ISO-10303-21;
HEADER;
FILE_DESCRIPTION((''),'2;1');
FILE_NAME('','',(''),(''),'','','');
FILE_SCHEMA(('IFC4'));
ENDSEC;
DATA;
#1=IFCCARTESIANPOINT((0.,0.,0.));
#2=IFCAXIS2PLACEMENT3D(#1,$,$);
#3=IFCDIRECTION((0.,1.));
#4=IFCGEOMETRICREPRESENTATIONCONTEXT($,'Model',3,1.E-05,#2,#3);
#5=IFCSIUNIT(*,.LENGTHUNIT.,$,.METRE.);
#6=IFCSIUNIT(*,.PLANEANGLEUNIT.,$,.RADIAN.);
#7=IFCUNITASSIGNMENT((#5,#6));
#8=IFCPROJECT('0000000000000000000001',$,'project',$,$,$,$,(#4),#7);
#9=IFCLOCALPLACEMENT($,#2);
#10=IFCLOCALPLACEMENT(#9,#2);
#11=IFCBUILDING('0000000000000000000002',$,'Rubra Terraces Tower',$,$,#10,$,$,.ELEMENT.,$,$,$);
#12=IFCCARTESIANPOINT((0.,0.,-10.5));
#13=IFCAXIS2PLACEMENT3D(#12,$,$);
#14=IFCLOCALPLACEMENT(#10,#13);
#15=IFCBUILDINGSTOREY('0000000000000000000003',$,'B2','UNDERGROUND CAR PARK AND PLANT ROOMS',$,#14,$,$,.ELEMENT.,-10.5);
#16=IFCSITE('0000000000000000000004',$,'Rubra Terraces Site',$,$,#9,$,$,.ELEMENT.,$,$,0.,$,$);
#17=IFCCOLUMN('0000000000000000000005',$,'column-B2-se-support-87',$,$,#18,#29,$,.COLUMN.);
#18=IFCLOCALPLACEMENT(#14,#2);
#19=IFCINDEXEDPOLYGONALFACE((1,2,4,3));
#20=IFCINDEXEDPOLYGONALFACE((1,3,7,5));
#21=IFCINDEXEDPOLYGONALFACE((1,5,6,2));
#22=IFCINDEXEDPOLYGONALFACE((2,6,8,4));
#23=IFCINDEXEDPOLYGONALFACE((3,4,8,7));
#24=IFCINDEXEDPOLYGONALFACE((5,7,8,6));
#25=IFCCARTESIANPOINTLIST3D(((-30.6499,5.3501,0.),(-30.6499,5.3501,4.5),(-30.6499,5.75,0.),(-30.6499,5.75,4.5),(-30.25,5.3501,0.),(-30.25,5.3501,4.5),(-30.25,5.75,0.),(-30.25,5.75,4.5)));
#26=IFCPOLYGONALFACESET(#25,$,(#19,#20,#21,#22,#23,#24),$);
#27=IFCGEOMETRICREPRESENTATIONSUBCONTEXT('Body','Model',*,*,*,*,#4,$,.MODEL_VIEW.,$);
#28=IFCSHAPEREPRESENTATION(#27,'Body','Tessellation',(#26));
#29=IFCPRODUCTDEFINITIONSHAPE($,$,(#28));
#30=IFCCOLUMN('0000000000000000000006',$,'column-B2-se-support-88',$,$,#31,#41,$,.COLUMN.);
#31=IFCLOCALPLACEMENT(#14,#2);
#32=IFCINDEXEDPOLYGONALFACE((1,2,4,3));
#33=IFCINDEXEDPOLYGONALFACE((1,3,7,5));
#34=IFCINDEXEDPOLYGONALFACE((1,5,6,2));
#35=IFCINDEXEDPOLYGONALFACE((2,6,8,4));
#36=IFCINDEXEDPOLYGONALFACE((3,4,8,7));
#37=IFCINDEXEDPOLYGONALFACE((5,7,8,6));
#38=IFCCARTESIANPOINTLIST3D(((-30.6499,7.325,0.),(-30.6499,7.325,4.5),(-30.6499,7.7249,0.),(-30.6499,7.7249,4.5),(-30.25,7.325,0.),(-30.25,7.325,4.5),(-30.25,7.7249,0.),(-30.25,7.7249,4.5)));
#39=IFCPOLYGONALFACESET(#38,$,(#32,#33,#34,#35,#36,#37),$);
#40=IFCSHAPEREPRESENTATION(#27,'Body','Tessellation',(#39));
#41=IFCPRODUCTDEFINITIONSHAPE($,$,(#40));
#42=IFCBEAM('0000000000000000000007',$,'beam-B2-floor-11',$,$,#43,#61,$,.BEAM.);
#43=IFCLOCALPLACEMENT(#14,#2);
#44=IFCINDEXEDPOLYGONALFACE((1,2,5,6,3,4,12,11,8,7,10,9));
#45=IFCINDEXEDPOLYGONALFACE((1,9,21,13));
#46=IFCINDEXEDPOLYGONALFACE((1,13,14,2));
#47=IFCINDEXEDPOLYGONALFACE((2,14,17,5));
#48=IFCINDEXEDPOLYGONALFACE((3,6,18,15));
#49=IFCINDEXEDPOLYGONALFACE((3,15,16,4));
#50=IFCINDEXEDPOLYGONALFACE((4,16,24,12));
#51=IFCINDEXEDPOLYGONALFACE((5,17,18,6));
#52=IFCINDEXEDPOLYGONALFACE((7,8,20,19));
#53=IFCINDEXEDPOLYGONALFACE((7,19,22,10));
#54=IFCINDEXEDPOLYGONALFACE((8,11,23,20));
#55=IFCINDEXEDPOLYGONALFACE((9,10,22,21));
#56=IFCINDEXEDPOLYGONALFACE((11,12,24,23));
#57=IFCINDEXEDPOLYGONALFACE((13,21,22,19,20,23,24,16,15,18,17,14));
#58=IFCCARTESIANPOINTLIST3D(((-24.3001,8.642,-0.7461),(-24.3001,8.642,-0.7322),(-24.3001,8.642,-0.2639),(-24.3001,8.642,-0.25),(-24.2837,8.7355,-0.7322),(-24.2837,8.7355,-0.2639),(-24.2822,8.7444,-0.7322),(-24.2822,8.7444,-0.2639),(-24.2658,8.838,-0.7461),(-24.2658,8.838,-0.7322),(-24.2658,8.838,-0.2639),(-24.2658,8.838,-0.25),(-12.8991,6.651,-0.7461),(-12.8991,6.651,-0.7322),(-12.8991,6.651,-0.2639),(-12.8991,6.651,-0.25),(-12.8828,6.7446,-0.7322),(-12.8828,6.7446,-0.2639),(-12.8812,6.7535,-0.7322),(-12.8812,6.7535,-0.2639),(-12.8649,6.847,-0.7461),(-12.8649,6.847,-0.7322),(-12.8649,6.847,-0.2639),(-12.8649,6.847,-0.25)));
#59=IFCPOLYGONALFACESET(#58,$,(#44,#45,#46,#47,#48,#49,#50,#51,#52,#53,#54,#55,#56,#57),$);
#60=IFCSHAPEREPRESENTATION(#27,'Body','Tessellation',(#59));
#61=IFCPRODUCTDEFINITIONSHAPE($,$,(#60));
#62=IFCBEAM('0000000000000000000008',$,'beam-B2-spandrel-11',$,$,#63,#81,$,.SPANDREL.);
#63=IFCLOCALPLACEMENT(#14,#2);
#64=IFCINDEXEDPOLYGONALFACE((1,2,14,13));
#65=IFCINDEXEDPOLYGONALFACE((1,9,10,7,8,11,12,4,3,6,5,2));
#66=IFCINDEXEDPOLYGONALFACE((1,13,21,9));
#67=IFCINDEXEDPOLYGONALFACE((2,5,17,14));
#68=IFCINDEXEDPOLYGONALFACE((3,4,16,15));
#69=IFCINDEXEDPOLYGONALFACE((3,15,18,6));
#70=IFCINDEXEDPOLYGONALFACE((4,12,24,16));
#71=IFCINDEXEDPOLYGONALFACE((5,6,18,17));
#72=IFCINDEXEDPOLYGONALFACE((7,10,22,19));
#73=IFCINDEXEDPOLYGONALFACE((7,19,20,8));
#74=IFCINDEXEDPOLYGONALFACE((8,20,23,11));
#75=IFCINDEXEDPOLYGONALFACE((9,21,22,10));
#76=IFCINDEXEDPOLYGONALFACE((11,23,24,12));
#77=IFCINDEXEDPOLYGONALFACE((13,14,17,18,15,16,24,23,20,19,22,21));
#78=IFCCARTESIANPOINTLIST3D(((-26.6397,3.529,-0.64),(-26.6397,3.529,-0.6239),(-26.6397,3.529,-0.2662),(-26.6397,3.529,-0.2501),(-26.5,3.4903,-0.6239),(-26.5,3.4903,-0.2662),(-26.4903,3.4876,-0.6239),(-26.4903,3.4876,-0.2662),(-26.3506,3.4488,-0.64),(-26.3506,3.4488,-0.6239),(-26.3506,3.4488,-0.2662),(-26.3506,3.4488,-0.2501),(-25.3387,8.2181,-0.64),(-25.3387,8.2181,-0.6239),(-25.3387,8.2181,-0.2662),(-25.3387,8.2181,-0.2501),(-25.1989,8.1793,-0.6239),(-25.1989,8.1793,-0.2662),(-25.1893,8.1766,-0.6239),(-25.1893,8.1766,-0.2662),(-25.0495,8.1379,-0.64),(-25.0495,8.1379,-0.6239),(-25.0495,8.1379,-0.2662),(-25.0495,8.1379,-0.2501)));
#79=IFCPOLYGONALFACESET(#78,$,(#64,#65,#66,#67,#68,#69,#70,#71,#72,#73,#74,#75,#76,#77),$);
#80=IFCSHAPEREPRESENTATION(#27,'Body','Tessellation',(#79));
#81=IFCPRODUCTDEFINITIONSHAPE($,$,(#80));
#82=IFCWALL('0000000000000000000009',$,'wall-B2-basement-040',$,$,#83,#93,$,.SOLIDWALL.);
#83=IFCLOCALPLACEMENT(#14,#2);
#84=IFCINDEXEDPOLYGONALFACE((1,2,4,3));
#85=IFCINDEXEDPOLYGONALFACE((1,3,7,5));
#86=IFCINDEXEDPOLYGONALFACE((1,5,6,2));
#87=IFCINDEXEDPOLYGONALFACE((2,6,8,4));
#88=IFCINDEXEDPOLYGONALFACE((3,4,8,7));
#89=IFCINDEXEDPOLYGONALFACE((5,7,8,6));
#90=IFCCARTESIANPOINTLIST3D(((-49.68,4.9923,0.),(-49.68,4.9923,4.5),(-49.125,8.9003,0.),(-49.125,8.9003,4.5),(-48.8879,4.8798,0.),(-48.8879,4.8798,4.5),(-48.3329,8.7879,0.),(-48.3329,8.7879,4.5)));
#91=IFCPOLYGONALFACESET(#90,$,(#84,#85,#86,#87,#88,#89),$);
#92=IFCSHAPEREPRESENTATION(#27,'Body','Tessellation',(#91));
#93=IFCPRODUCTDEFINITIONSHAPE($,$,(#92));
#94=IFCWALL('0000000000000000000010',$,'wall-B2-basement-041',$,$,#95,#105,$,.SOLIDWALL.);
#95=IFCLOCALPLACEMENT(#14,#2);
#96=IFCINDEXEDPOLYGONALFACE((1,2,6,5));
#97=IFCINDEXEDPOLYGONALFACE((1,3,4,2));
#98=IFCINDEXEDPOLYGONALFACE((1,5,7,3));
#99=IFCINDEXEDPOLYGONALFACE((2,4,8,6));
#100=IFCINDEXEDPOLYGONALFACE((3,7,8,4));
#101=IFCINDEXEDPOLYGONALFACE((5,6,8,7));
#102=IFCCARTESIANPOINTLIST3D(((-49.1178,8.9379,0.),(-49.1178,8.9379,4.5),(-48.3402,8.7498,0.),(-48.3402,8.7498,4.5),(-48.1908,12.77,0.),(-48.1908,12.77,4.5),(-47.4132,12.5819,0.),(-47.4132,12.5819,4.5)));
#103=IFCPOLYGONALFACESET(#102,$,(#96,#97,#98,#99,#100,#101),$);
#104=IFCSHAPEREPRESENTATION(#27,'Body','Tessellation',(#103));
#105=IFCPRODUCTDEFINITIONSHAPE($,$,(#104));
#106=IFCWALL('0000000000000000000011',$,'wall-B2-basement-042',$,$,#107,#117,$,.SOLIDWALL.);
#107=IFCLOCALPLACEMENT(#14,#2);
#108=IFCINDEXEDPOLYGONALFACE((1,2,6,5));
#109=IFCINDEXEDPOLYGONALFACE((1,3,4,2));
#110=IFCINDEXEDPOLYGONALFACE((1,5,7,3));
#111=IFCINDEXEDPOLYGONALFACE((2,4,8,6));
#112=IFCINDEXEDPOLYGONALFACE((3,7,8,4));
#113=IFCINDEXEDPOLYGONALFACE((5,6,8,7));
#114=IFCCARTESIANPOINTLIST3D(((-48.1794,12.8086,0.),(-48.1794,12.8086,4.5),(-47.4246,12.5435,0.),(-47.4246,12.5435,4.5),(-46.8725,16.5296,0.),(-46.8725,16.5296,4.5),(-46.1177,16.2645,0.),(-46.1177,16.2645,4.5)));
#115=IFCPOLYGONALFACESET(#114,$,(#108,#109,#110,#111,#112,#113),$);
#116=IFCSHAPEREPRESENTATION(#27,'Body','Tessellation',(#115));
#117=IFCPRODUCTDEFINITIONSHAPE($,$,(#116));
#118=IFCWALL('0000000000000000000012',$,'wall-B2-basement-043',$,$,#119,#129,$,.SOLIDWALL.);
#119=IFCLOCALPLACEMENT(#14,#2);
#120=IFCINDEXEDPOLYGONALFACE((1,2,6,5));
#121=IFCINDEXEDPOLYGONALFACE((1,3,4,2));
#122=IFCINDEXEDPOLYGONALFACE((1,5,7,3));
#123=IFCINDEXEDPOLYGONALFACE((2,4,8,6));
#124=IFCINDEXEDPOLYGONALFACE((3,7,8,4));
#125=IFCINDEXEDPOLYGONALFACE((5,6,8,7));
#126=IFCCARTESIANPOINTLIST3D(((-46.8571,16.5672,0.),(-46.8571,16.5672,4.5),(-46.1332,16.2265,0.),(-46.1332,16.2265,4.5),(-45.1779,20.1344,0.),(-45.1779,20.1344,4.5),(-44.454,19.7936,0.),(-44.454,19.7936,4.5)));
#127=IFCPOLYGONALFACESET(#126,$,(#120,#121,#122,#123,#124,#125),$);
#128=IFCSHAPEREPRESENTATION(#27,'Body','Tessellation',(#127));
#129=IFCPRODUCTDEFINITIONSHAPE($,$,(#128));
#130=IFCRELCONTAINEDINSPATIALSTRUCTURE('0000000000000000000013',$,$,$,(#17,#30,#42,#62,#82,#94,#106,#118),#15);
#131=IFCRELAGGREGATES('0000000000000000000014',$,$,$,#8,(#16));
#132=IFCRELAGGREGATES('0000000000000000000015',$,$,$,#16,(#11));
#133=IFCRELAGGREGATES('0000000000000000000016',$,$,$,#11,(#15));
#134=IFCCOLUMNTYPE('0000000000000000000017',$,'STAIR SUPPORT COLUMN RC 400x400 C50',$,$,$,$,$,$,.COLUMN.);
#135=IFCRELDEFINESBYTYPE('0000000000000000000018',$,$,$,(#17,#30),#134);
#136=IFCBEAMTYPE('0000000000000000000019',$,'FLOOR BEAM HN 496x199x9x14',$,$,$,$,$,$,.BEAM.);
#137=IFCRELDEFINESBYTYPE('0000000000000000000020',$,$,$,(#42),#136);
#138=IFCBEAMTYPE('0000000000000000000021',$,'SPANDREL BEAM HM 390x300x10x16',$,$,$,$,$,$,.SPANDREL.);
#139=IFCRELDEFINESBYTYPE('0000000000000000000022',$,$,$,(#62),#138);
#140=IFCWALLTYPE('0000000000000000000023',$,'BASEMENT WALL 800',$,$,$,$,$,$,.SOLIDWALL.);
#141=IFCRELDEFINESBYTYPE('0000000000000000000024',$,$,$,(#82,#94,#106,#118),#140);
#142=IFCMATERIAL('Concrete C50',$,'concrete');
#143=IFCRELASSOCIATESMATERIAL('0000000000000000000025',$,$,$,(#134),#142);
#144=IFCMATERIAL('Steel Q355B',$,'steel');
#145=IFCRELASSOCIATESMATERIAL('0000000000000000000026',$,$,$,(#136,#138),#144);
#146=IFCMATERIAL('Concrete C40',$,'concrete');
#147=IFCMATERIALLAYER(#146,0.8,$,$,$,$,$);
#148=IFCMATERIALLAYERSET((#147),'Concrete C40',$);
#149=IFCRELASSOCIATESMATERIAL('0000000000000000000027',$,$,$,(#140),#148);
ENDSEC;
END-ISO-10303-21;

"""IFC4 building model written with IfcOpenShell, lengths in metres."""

from ifc_helpers import new_model, si_unit, direction, frame, frame_2d, origin, origin_2d, place, context, subcontext, project, spatial, rectangle, i_section, extrude, material, layer, layer_set, material_profile, profile_set, type_object, element, save


model = new_model("IFC4")

# Units and contexts
model_context = context("Model", 3, precision=1e-05, world=origin(), true_north=direction((0.0, 1.0)))
body_context = subcontext(model_context, "Body", "Model", "MODEL_VIEW")
ifc_project = project(units=[si_unit("LENGTHUNIT", "METRE"), si_unit("PLANEANGLEUNIT", "RADIAN")], contexts=[model_context])

# Site, building, storey
site_placement = place(None, origin())
site = spatial("IfcSite", under=ifc_project, at=site_placement, Name="Rubra Terraces Site", CompositionType="ELEMENT", RefElevation=0.0)
building_placement = place(site_placement, origin())
building = spatial("IfcBuilding", under=site, at=building_placement, Name="Rubra Terraces Tower", CompositionType="ELEMENT")
storey_placement = place(building_placement, frame((0.0, 0.0, -10.5)))
storey = spatial("IfcBuildingStorey", under=building, at=storey_placement, Name="B2", Description="UNDERGROUND CAR PARK AND PLANT ROOMS", CompositionType="ELEMENT", Elevation=-10.5)

# Columns
ifc_material_1 = material(Name="Concrete C50", Category="concrete")
ifc_material_profile_1 = material_profile(ifc_material_1, rectangle(XDim=0.3999, YDim=0.3999, at=origin_2d()), Name="RC 400x400")
ifc_profile_set_1 = profile_set([ifc_material_profile_1], Name="Concrete C50")
column_type_1 = type_object("IfcColumnType", Name="STAIR SUPPORT COLUMN RC 400x400 C50", PredefinedType="COLUMN", material=ifc_profile_set_1)
for number, where, z_axis, x_axis, name in (
    (1, (-30.45, 5.55, 0.0), (0.0, 0.0, 1.0), (1.0, 0.0, 0.0), "column-B2-se-support-87"),
    (2, (-30.45, 7.5249, 0.0), (0.0, 0.0, 1.0), (1.0, 0.0, 0.0), "column-B2-se-support-88"),
):
    element("IfcColumn", number, at=place(storey_placement, frame(where, z_axis=z_axis, x_axis=x_axis)), inside=storey, type_object=column_type_1, Name=name, PredefinedType="COLUMN", context=body_context, shape_type="SweptSolid", body=[
        extrude(rectangle(XDim=0.3999, YDim=0.3999, at=origin_2d()), origin(), (0.0, 0.0, 1.0), 4.5),
    ])

# Beams
ifc_material_2 = material(Name="Steel Q355B", Category="steel")
ifc_material_profile_2 = material_profile(ifc_material_2, i_section(OverallWidth=0.199, OverallDepth=0.4961, WebThickness=0.009, FlangeThickness=0.0139, at=origin_2d()), Name="HN 496x199x9x14")
ifc_profile_set_2 = profile_set([ifc_material_profile_2], Name="Steel Q355B")
beam_type_1 = type_object("IfcBeamType", Name="FLOOR BEAM HN 496x199x9x14", PredefinedType="BEAM", material=ifc_profile_set_2)
beam_1_placement = place(storey_placement, frame((-24.283, 8.74, -0.498), z_axis=(0.985092, -0.172029, 0.0), x_axis=(0.172029, 0.985092, 0.0)))
element("IfcBeam", 3, at=beam_1_placement, inside=storey, type_object=beam_type_1, Name="beam-B2-floor-11", PredefinedType="BEAM", context=body_context, shape_type="SweptSolid", body=[
    extrude(i_section(OverallWidth=0.199, OverallDepth=0.4961, WebThickness=0.009, FlangeThickness=0.0139, at=origin_2d()), origin(), (0.0, 0.0, 1.0), 11.5735),
])
ifc_material_profile_3 = material_profile(ifc_material_2, i_section(OverallWidth=0.3, OverallDepth=0.3899, WebThickness=0.01, FlangeThickness=0.0161, at=origin_2d()), Name="HM 390x300x10x16")
ifc_profile_set_3 = profile_set([ifc_material_profile_3], Name="Steel Q355B")
beam_type_2 = type_object("IfcBeamType", Name="SPANDREL BEAM HM 390x300x10x16", PredefinedType="SPANDREL", material=ifc_profile_set_3)
beam_2_placement = place(storey_placement, frame((-25.1941, 8.178, -0.4451), z_axis=(-0.267364, -0.963595, 0.0), x_axis=(0.963595, -0.267364, 0.0)))
element("IfcBeam", 4, at=beam_2_placement, inside=storey, type_object=beam_type_2, Name="beam-B2-spandrel-11", PredefinedType="SPANDREL", context=body_context, shape_type="SweptSolid", body=[
    extrude(i_section(OverallWidth=0.3, OverallDepth=0.3899, WebThickness=0.01, FlangeThickness=0.0161, at=origin_2d()), origin(), (0.0, 0.0, 1.0), 4.8662),
])

# Walls
ifc_material_3 = material(Name="Concrete C40", Category="concrete")
ifc_layer = layer(ifc_material_3, 0.8)
ifc_layer_set = layer_set([ifc_layer], Name="Concrete C40")
wall_type = type_object("IfcWallType", Name="BASEMENT WALL 800", PredefinedType="SOLIDWALL", material=ifc_layer_set)
wall_1_placement = place(storey_placement, frame((-49.2839, 4.936, 0.0), z_axis=(0.0, 0.0, 1.0), x_axis=(0.14059, 0.990068, 0.0)))
element("IfcWall", 5, at=wall_1_placement, inside=storey, type_object=wall_type, Name="wall-B2-basement-040", PredefinedType="SOLIDWALL", context=body_context, shape_type="SweptSolid", body=[
    extrude(rectangle(XDim=3.9473, YDim=0.8, at=frame_2d((1.9736, 0.0))), origin(), (0.0, 0.0, 1.0), 4.5),
])
wall_2_placement = place(storey_placement, frame((-48.729, 8.844, 0.0), z_axis=(0.0, 0.0, 1.0), x_axis=(0.235127, 0.971965, 0.0)))
element("IfcWall", 6, at=wall_2_placement, inside=storey, type_object=wall_type, Name="wall-B2-basement-041", PredefinedType="SOLIDWALL", context=body_context, shape_type="SweptSolid", body=[
    extrude(rectangle(XDim=3.9426, YDim=0.8, at=frame_2d((1.9712, 0.0))), origin(), (0.0, 0.0, 1.0), 4.5),
])
wall_3_placement = place(storey_placement, frame((-47.802, 12.676, 0.0), z_axis=(0.0, 0.0, 1.0), x_axis=(0.331379, 0.943498, 0.0)))
element("IfcWall", 7, at=wall_3_placement, inside=storey, type_object=wall_type, Name="wall-B2-basement-042", PredefinedType="SOLIDWALL", context=body_context, shape_type="SweptSolid", body=[
    extrude(rectangle(XDim=3.9438, YDim=0.8, at=frame_2d((1.9719, 0.0))), origin(), (0.0, 0.0, 1.0), 4.5),
])
wall_4_placement = place(storey_placement, frame((-46.4951, 16.397, 0.0), z_axis=(0.0, 0.0, 1.0), x_axis=(0.42591, 0.904765, 0.0)))
element("IfcWall", 8, at=wall_4_placement, inside=storey, type_object=wall_type, Name="wall-B2-basement-043", PredefinedType="SOLIDWALL", context=body_context, shape_type="SweptSolid", body=[
    extrude(rectangle(XDim=3.9426, YDim=0.8, at=frame_2d((1.9712, 0.0))), origin(), (0.0, 0.0, 1.0), 4.5),
])

save(model, "model.ifc")
